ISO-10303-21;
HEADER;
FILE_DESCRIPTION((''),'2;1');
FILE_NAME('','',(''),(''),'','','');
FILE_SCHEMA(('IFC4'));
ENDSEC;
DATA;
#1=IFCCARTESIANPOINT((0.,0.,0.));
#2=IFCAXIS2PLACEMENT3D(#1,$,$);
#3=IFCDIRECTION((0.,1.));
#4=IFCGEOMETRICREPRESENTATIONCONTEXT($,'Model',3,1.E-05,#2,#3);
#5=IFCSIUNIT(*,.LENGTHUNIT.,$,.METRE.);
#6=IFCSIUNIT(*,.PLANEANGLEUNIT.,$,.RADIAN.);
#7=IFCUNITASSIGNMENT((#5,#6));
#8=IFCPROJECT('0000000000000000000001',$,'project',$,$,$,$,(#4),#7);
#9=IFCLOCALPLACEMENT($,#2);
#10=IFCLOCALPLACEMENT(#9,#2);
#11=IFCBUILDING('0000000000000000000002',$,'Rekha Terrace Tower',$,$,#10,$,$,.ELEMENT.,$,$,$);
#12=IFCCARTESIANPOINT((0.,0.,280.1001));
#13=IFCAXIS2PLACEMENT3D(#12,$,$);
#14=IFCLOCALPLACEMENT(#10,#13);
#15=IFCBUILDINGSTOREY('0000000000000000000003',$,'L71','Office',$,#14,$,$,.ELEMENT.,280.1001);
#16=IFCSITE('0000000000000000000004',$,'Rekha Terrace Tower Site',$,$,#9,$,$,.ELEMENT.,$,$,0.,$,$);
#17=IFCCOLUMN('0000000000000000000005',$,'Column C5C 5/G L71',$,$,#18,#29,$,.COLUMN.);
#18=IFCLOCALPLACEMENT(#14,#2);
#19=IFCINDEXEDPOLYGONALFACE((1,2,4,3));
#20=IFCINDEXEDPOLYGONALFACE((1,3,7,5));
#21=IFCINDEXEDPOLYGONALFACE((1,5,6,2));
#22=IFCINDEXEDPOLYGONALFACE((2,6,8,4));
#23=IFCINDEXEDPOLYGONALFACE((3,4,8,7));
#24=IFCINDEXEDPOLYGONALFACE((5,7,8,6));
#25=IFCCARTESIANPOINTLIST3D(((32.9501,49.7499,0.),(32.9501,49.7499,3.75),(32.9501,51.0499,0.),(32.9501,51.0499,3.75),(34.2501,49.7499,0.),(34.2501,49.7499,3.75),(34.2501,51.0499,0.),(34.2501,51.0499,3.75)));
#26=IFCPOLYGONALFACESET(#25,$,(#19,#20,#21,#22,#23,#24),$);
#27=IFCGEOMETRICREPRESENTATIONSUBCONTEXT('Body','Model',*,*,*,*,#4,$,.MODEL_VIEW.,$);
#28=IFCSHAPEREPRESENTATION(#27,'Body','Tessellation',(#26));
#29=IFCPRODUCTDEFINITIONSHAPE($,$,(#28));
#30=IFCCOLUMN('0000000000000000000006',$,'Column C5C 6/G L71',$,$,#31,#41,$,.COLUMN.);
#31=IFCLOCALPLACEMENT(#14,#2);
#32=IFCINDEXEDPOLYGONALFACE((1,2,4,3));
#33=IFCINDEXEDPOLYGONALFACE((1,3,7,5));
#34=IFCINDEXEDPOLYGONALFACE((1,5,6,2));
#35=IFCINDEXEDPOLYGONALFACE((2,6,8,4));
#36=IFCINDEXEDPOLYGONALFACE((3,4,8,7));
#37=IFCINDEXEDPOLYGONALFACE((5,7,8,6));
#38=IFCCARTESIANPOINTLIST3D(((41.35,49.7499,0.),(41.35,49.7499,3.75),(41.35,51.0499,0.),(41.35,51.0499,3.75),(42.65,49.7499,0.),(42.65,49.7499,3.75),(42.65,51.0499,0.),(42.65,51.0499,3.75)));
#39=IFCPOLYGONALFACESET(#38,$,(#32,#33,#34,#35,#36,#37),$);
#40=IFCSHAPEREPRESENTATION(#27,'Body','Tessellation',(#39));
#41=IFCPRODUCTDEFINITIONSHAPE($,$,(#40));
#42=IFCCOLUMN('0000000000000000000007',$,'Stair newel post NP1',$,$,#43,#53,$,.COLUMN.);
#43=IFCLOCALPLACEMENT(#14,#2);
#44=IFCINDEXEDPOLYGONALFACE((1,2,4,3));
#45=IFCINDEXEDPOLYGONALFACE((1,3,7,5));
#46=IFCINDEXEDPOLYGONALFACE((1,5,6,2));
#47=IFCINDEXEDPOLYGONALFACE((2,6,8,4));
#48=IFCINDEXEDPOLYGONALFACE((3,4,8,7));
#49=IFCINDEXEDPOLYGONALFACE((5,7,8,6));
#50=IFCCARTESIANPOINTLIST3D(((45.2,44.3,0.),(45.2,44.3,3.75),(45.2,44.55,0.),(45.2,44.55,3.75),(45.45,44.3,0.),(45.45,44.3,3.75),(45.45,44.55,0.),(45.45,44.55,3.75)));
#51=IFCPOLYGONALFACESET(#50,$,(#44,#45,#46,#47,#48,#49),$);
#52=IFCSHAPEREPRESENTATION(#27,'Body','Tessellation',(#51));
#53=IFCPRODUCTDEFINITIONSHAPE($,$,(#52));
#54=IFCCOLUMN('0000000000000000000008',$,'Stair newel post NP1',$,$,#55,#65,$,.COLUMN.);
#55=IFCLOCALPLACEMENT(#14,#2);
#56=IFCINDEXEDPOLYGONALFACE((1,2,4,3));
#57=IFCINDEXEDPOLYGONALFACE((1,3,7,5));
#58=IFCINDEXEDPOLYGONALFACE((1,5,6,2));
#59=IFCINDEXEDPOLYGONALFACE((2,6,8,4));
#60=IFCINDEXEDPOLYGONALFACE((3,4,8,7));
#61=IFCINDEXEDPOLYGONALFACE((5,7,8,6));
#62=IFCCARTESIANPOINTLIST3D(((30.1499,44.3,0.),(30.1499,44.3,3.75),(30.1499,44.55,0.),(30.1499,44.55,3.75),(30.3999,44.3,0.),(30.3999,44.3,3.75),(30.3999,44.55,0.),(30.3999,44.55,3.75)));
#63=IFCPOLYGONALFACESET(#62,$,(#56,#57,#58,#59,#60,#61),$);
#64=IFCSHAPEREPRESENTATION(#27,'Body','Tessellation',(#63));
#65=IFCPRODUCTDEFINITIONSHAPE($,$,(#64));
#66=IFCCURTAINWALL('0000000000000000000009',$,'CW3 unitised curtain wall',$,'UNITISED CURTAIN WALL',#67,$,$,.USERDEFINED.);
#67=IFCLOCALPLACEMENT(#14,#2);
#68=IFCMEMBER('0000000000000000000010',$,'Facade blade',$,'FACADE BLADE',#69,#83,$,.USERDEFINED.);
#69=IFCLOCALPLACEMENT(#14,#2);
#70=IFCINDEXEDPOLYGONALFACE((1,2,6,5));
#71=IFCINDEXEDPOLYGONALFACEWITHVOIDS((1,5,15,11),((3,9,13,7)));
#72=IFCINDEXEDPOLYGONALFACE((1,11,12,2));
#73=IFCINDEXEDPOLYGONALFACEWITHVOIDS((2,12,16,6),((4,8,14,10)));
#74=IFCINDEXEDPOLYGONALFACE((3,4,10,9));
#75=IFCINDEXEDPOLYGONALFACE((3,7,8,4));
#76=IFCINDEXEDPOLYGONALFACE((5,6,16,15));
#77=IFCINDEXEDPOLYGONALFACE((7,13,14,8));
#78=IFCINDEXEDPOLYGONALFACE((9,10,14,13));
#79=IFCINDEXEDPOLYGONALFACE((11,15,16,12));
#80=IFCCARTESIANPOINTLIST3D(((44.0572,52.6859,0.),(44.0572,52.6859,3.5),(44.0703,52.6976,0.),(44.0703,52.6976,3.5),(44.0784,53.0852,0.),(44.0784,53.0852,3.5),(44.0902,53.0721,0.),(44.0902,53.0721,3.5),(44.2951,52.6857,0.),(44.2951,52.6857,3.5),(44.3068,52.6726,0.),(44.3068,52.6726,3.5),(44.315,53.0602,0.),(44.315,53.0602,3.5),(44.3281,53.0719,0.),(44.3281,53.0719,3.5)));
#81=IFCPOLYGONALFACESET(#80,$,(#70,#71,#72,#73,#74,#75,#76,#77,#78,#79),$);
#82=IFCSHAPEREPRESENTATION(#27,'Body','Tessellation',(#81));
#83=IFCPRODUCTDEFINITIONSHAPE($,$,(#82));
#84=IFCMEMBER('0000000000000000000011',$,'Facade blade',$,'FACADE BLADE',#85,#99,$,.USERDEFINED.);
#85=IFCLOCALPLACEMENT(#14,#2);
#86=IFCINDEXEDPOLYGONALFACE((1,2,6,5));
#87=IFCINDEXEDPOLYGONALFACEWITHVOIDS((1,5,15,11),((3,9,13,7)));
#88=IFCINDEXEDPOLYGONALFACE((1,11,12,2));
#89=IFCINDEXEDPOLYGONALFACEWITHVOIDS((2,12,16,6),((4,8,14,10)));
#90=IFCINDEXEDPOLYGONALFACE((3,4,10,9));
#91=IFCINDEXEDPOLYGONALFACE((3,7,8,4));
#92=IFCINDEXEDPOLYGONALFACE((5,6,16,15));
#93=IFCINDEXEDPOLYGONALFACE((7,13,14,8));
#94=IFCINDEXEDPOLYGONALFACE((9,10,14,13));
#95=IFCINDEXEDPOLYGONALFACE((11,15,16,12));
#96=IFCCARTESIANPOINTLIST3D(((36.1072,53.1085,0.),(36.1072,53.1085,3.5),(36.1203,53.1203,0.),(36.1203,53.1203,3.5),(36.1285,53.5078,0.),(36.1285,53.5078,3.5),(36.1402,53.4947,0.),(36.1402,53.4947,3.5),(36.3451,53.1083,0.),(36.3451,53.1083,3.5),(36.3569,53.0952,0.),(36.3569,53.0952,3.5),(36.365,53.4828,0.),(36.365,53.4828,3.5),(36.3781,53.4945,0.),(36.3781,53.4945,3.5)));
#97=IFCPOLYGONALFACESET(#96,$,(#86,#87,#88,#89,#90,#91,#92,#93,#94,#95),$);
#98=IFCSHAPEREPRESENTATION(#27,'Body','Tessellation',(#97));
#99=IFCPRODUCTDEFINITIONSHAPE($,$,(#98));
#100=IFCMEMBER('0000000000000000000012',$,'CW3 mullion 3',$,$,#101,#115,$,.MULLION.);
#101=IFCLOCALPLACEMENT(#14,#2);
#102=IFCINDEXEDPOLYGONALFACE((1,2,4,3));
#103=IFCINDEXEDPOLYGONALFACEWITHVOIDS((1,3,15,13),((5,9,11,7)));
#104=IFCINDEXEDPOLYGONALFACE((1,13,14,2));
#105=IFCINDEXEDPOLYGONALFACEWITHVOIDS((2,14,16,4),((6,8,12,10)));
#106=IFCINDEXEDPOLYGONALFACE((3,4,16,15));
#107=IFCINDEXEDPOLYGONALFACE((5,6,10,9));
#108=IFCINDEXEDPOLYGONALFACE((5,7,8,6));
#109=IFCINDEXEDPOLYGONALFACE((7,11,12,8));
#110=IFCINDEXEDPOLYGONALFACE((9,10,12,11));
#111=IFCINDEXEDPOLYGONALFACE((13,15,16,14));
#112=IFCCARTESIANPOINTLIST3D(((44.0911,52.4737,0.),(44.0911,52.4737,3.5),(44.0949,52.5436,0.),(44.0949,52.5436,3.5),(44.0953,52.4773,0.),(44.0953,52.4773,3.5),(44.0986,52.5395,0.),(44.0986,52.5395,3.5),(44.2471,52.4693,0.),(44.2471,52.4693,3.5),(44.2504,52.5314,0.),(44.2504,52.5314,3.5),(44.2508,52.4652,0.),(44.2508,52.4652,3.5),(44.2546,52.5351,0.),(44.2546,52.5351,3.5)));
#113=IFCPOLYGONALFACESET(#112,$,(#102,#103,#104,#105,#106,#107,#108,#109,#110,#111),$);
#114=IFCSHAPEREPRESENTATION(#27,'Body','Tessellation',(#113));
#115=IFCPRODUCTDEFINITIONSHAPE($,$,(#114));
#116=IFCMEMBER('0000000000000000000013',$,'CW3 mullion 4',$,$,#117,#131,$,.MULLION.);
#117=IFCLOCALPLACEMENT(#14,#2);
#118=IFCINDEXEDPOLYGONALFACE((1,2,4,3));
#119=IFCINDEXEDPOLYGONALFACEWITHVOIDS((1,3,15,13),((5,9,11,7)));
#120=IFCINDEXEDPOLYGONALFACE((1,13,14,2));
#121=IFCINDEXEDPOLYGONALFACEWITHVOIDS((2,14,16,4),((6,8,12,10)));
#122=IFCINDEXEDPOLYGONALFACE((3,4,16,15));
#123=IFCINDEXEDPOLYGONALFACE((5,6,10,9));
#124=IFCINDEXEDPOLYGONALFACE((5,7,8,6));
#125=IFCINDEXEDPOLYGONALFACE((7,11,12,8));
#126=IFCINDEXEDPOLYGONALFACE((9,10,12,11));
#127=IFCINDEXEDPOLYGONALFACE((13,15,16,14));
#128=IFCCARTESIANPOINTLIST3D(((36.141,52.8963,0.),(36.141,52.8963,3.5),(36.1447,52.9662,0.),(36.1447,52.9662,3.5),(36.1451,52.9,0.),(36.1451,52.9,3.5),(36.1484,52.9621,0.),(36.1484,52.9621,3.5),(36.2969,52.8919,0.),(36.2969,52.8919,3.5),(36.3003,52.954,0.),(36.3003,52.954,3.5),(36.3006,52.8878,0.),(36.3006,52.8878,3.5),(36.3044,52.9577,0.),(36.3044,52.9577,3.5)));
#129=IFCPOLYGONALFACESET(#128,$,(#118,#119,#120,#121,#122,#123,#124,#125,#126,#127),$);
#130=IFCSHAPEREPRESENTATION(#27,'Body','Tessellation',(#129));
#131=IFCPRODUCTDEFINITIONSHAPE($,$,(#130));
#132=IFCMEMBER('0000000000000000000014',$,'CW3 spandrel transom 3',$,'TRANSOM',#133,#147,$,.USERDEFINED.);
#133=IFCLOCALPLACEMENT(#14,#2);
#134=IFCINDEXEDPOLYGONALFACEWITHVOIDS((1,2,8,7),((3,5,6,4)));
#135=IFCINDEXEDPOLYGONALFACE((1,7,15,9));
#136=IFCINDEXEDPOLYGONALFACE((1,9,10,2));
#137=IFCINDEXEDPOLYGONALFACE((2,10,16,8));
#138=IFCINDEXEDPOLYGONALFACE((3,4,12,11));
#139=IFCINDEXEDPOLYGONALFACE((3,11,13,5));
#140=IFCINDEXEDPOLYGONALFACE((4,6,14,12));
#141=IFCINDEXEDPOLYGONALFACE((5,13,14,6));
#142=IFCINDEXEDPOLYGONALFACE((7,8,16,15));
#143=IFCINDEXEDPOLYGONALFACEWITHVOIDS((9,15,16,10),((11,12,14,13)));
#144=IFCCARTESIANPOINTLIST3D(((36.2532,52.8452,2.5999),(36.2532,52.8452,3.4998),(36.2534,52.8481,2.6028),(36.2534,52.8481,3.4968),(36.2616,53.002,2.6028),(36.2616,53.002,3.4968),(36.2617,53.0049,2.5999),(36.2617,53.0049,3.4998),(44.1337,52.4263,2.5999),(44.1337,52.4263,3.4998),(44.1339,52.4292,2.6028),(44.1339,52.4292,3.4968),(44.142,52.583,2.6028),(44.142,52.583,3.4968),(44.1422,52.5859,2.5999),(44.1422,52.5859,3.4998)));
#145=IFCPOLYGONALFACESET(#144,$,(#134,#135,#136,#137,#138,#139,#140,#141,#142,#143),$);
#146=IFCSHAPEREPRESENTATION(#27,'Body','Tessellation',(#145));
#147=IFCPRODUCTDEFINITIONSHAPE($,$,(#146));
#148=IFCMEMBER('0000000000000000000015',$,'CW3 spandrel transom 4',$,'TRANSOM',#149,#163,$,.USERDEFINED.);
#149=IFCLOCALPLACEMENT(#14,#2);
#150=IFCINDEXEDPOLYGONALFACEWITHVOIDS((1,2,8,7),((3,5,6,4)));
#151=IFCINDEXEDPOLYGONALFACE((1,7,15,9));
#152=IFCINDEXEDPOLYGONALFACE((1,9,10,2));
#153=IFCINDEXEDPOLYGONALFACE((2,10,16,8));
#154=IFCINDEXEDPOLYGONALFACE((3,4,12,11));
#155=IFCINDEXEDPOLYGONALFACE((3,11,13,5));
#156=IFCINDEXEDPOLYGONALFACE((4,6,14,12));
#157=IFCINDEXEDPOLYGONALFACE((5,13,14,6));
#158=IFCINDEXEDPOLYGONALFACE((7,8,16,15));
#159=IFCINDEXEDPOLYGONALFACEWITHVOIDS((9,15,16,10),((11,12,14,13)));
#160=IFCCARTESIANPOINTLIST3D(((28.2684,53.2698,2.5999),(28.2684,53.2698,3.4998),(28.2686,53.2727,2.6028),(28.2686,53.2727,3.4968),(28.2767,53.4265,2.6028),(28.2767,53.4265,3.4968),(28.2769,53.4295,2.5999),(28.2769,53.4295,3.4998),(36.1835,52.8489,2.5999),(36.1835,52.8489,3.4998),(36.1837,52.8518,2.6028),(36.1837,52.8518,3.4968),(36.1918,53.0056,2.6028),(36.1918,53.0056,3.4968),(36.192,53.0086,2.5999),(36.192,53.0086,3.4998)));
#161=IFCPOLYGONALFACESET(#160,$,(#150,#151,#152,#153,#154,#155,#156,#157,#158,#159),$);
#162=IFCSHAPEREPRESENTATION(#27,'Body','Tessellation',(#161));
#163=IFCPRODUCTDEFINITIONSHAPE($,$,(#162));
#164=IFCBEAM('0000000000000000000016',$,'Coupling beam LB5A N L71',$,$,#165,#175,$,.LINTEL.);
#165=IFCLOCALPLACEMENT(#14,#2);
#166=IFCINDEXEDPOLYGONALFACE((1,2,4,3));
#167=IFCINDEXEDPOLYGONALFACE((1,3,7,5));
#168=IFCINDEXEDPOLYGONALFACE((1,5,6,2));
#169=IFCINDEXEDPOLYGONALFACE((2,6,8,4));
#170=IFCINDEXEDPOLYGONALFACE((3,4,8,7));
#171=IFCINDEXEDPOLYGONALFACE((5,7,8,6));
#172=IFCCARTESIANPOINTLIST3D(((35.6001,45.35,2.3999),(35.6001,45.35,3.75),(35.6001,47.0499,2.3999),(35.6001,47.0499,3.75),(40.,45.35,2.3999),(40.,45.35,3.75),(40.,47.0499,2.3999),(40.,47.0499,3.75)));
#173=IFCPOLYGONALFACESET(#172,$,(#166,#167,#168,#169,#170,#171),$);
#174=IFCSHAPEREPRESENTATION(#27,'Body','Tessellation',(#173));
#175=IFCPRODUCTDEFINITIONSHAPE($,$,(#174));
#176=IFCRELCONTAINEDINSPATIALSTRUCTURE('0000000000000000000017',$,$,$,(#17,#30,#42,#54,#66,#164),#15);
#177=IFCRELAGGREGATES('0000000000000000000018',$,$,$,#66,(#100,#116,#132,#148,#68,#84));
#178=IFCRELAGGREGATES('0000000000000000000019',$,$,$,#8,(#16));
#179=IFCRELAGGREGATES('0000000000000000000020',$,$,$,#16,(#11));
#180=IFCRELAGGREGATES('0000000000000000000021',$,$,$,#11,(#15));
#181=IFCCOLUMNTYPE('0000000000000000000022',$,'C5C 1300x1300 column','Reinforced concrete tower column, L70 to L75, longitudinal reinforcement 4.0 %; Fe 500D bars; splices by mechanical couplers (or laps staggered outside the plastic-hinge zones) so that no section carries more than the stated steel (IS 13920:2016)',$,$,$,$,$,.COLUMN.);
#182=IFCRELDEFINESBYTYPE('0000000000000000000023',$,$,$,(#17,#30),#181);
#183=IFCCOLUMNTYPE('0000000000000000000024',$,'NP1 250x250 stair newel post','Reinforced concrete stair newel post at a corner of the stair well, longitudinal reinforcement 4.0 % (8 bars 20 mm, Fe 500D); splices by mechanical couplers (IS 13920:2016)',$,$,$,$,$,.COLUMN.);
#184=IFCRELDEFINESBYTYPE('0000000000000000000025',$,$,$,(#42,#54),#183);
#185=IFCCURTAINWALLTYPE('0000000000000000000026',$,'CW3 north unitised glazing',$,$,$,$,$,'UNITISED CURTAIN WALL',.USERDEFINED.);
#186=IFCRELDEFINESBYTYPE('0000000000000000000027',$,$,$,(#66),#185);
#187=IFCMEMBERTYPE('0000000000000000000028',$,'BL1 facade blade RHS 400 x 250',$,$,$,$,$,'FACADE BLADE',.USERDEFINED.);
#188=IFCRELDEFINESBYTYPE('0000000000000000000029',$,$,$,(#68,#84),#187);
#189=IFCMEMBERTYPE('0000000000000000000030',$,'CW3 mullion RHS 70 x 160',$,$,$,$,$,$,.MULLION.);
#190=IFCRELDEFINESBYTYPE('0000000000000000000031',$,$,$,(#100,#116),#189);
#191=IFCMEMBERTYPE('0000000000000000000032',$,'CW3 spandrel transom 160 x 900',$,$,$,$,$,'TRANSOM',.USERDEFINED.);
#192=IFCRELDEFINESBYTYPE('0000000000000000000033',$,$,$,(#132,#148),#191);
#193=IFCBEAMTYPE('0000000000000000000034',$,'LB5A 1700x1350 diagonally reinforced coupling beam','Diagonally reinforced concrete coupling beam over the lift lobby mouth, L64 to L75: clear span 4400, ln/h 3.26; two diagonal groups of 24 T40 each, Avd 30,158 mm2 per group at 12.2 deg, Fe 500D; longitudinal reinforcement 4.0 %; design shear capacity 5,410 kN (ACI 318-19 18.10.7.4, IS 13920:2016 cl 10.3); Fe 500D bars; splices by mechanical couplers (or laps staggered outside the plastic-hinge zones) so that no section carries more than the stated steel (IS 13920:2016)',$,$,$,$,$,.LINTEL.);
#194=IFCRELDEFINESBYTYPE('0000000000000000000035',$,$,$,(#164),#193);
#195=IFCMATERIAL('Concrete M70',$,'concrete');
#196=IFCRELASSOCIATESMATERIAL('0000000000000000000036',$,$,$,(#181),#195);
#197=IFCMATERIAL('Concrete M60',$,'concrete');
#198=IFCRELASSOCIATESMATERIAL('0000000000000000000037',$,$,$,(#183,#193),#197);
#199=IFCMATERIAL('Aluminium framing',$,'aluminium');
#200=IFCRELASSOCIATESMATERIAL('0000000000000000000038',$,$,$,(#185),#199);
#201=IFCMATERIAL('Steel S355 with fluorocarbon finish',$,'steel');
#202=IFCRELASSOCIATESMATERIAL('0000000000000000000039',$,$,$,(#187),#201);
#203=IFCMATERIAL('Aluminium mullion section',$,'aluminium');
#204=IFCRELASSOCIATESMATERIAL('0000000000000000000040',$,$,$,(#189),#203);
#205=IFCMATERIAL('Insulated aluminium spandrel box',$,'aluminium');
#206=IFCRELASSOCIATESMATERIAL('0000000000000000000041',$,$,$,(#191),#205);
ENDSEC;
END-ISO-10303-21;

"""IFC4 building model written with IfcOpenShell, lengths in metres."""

from ifc_helpers import new_model, si_unit, direction, frame, origin, origin_2d, place, context, subcontext, project, spatial, rectangle, hollow_rectangle, extrude, material, material_profile, profile_set, type_object, element, aggregate, save


model = new_model("IFC4")

# Units and contexts
model_context = context("Model", 3, precision=1e-05, world=origin(), true_north=direction((0.0, 1.0)))
body_context = subcontext(model_context, "Body", "Model", "MODEL_VIEW")
ifc_project = project(units=[si_unit("LENGTHUNIT", "METRE"), si_unit("PLANEANGLEUNIT", "RADIAN")], contexts=[model_context])

# Site, building, storey
site_placement = place(None, origin())
site = spatial("IfcSite", under=ifc_project, at=site_placement, Name="Rekha Terrace Tower Site", CompositionType="ELEMENT", RefElevation=0.0)
building_placement = place(site_placement, origin())
building = spatial("IfcBuilding", under=site, at=building_placement, Name="Rekha Terrace Tower", CompositionType="ELEMENT")
storey_placement = place(building_placement, frame((0.0, 0.0, 280.1001)))
storey = spatial("IfcBuildingStorey", under=building, at=storey_placement, Name="L71", Description="Office", CompositionType="ELEMENT", Elevation=280.1001)

# Columns
ifc_material_1 = material(Name="Concrete M70", Category="concrete")
ifc_material_profile_1 = material_profile(ifc_material_1, rectangle(XDim=1.3, YDim=1.3, at=origin_2d()), Name="RC 1300x1300")
ifc_profile_set_1 = profile_set([ifc_material_profile_1], Name="Concrete M70")
column_type_1 = type_object("IfcColumnType", Name="C5C 1300x1300 column", Description="Reinforced concrete tower column, L70 to L75, longitudinal reinforcement 4.0 %; Fe 500D bars; splices by mechanical couplers (or laps staggered outside the plastic-hinge zones) so that no section carries more than the stated steel (IS 13920:2016)", PredefinedType="COLUMN", material=ifc_profile_set_1)
for number, where, z_axis, x_axis, name in (
    (1, (33.6001, 50.3999, 0.0), (0.0, 0.0, 1.0), (1.0, 0.0, 0.0), "Column C5C 5/G L71"),
    (2, (42.0, 50.3999, 0.0), (0.0, 0.0, 1.0), (1.0, 0.0, 0.0), "Column C5C 6/G L71"),
):
    element("IfcColumn", number, at=place(storey_placement, frame(where, z_axis=z_axis, x_axis=x_axis)), inside=storey, type_object=column_type_1, Name=name, PredefinedType="COLUMN", context=body_context, shape_type="SweptSolid", body=[
        extrude(rectangle(XDim=1.3, YDim=1.3, at=origin_2d()), origin(), (0.0, 0.0, 1.0), 3.75),
    ])
ifc_material_2 = material(Name="Concrete M60", Category="concrete")
ifc_material_profile_2 = material_profile(ifc_material_2, rectangle(XDim=0.25, YDim=0.25, at=origin_2d()), Name="RC 250x250")
ifc_profile_set_2 = profile_set([ifc_material_profile_2], Name="Concrete M60")
column_type_2 = type_object("IfcColumnType", Name="NP1 250x250 stair newel post", Description="Reinforced concrete stair newel post at a corner of the stair well, longitudinal reinforcement 4.0 % (8 bars 20 mm, Fe 500D); splices by mechanical couplers (IS 13920:2016)", PredefinedType="COLUMN", material=ifc_profile_set_2)
for number, where, z_axis, x_axis, name in (
    (3, (45.325, 44.425, 0.0), (0.0, 0.0, 1.0), (1.0, 0.0, 0.0), "Stair newel post NP1"),
    (4, (30.2749, 44.425, 0.0), (0.0, 0.0, 1.0), (1.0, 0.0, 0.0), "Stair newel post NP1"),
):
    element("IfcColumn", number, at=place(storey_placement, frame(where, z_axis=z_axis, x_axis=x_axis)), inside=storey, type_object=column_type_2, Name=name, PredefinedType="COLUMN", context=body_context, shape_type="SweptSolid", body=[
        extrude(rectangle(XDim=0.25, YDim=0.25, at=origin_2d()), origin(), (0.0, 0.0, 1.0), 3.75),
    ])

# Curtain wall, members
ifc_material_3 = material(Name="Aluminium framing", Category="aluminium")
curtain_wall_type = type_object("IfcCurtainWallType", Name="CW3 north unitised glazing", ElementType="UNITISED CURTAIN WALL", PredefinedType="USERDEFINED", material=ifc_material_3)
curtain_wall_placement = place(storey_placement, origin())
curtain_wall = element("IfcCurtainWall", 5, at=curtain_wall_placement, inside=storey, type_object=curtain_wall_type, Name="CW3 unitised curtain wall", ObjectType="UNITISED CURTAIN WALL", PredefinedType="USERDEFINED")
ifc_material_4 = material(Name="Steel S355 with fluorocarbon finish", Category="steel")
ifc_material_profile_3 = material_profile(ifc_material_4, hollow_rectangle(XDim=0.25, YDim=0.3999, WallThickness=0.0125, at=origin_2d()), Name="RHS400x250x12.5")
ifc_profile_set_3 = profile_set([ifc_material_profile_3], Name="Steel S355 with fluorocarbon finish")
member_type_1 = type_object("IfcMemberType", Name="BL1 facade blade RHS 400 x 250", ElementType="FACADE BLADE", PredefinedType="USERDEFINED", material=ifc_profile_set_3)
member_1_placement = place(storey_placement, frame((44.1926, 52.8789, 0.0), z_axis=(0.0, 0.0, 1.0), x_axis=(-0.99859, 0.053084, 0.0)))
member_1 = element("IfcMember", 6, at=member_1_placement, type_object=member_type_1, Name="Facade blade", ObjectType="FACADE BLADE", PredefinedType="USERDEFINED", context=body_context, shape_type="SweptSolid", body=[
    extrude(hollow_rectangle(XDim=0.25, YDim=0.3999, WallThickness=0.0125, at=origin_2d()), origin(), (0.0, 0.0, 1.0), 3.5),
])
member_2_placement = place(storey_placement, frame((36.2427, 53.3015, 0.0), z_axis=(0.0, 0.0, 1.0), x_axis=(-0.99859, 0.053084, 0.0)))
member_2 = element("IfcMember", 7, at=member_2_placement, type_object=member_type_1, Name="Facade blade", ObjectType="FACADE BLADE", PredefinedType="USERDEFINED", context=body_context, shape_type="SweptSolid", body=[
    extrude(hollow_rectangle(XDim=0.25, YDim=0.3999, WallThickness=0.0125, at=origin_2d()), origin(), (0.0, 0.0, 1.0), 3.5),
])
ifc_material_5 = material(Name="Aluminium mullion section", Category="aluminium")
ifc_material_profile_4 = material_profile(ifc_material_5, hollow_rectangle(XDim=0.0701, YDim=0.1599, WallThickness=0.0039, at=origin_2d()), Name="AL RHS 70x160")
ifc_profile_set_4 = profile_set([ifc_material_profile_4], Name="Aluminium mullion section")
member_type_2 = type_object("IfcMemberType", Name="CW3 mullion RHS 70 x 160", PredefinedType="MULLION", material=ifc_profile_set_4)
member_3_placement = place(storey_placement, frame((44.1729, 52.5044, 0.0), z_axis=(0.0, 0.0, 1.0), x_axis=(-0.053083, -0.99859, 0.0)))
member_3 = element("IfcMember", 8, at=member_3_placement, type_object=member_type_2, Name="CW3 mullion 3", PredefinedType="MULLION", context=body_context, shape_type="SweptSolid", body=[
    extrude(hollow_rectangle(XDim=0.0701, YDim=0.1599, WallThickness=0.0039, at=origin_2d()), origin(), (0.0, 0.0, 1.0), 3.5),
])
member_4_placement = place(storey_placement, frame((36.2227, 52.927, 0.0), z_axis=(0.0, 0.0, 1.0), x_axis=(-0.053083, -0.99859, 0.0)))
member_4 = element("IfcMember", 9, at=member_4_placement, type_object=member_type_2, Name="CW3 mullion 4", PredefinedType="MULLION", context=body_context, shape_type="SweptSolid", body=[
    extrude(hollow_rectangle(XDim=0.0701, YDim=0.1599, WallThickness=0.0039, at=origin_2d()), origin(), (0.0, 0.0, 1.0), 3.5),
])
ifc_material_6 = material(Name="Insulated aluminium spandrel box", Category="aluminium")
ifc_material_profile_5 = material_profile(ifc_material_6, hollow_rectangle(XDim=0.1599, YDim=0.8999, WallThickness=0.0029, at=origin_2d()), Name="AL SPANDREL BOX 160x900")
ifc_profile_set_5 = profile_set([ifc_material_profile_5], Name="Insulated aluminium spandrel box")
member_type_3 = type_object("IfcMemberType", Name="CW3 spandrel transom 160 x 900", ElementType="TRANSOM", PredefinedType="USERDEFINED", material=ifc_profile_set_5)
member_5_placement = place(storey_placement, frame((44.1379, 52.5061, 3.0498), z_axis=(-0.99859, 0.053088, 0.0), x_axis=(-0.053088, -0.99859, 0.0)))
member_5 = element("IfcMember", 10, at=member_5_placement, type_object=member_type_3, Name="CW3 spandrel transom 3", ObjectType="TRANSOM", PredefinedType="USERDEFINED", context=body_context, shape_type="SweptSolid", body=[
    extrude(hollow_rectangle(XDim=0.1599, YDim=0.8999, WallThickness=0.0029, at=origin_2d()), origin(), (0.0, 0.0, 1.0), 7.8916),
])
member_6_placement = place(storey_placement, frame((36.1877, 52.9287, 3.0498), z_axis=(-0.998589, 0.053102, 0.0), x_axis=(-0.053102, -0.998589, 0.0)))
member_6 = element("IfcMember", 11, at=member_6_placement, type_object=member_type_3, Name="CW3 spandrel transom 4", ObjectType="TRANSOM", PredefinedType="USERDEFINED", context=body_context, shape_type="SweptSolid", body=[
    extrude(hollow_rectangle(XDim=0.1599, YDim=0.8999, WallThickness=0.0029, at=origin_2d()), origin(), (0.0, 0.0, 1.0), 7.9263),
])

# Beam
ifc_material_profile_6 = material_profile(ifc_material_2, rectangle(XDim=1.7, YDim=1.3501, at=origin_2d()), Name="RC 1700x1350")
ifc_profile_set_6 = profile_set([ifc_material_profile_6], Name="Concrete M60")
beam_type = type_object("IfcBeamType", Name="LB5A 1700x1350 diagonally reinforced coupling beam", Description="Diagonally reinforced concrete coupling beam over the lift lobby mouth, L64 to L75: clear span 4400, ln/h 3.26; two diagonal groups of 24 T40 each, Avd 30,158 mm2 per group at 12.2 deg, Fe 500D; longitudinal reinforcement 4.0 %; design shear capacity 5,410 kN (ACI 318-19 18.10.7.4, IS 13920:2016 cl 10.3); Fe 500D bars; splices by mechanical couplers (or laps staggered outside the plastic-hinge zones) so that no section carries more than the stated steel (IS 13920:2016)", PredefinedType="LINTEL", material=ifc_profile_set_6)
beam_placement = place(storey_placement, frame((35.6001, 46.2, 3.075), z_axis=(1.0, 0.0, 0.0), x_axis=(0.0, 1.0, 0.0)))
element("IfcBeam", 12, at=beam_placement, inside=storey, type_object=beam_type, Name="Coupling beam LB5A N L71", PredefinedType="LINTEL", context=body_context, shape_type="SweptSolid", body=[
    extrude(rectangle(XDim=1.7, YDim=1.3501, at=origin_2d()), origin(), (0.0, 0.0, 1.0), 4.3999),
])

aggregate(curtain_wall, [member_3, member_4, member_5, member_6, member_1, member_2])

save(model, "model.ifc")
